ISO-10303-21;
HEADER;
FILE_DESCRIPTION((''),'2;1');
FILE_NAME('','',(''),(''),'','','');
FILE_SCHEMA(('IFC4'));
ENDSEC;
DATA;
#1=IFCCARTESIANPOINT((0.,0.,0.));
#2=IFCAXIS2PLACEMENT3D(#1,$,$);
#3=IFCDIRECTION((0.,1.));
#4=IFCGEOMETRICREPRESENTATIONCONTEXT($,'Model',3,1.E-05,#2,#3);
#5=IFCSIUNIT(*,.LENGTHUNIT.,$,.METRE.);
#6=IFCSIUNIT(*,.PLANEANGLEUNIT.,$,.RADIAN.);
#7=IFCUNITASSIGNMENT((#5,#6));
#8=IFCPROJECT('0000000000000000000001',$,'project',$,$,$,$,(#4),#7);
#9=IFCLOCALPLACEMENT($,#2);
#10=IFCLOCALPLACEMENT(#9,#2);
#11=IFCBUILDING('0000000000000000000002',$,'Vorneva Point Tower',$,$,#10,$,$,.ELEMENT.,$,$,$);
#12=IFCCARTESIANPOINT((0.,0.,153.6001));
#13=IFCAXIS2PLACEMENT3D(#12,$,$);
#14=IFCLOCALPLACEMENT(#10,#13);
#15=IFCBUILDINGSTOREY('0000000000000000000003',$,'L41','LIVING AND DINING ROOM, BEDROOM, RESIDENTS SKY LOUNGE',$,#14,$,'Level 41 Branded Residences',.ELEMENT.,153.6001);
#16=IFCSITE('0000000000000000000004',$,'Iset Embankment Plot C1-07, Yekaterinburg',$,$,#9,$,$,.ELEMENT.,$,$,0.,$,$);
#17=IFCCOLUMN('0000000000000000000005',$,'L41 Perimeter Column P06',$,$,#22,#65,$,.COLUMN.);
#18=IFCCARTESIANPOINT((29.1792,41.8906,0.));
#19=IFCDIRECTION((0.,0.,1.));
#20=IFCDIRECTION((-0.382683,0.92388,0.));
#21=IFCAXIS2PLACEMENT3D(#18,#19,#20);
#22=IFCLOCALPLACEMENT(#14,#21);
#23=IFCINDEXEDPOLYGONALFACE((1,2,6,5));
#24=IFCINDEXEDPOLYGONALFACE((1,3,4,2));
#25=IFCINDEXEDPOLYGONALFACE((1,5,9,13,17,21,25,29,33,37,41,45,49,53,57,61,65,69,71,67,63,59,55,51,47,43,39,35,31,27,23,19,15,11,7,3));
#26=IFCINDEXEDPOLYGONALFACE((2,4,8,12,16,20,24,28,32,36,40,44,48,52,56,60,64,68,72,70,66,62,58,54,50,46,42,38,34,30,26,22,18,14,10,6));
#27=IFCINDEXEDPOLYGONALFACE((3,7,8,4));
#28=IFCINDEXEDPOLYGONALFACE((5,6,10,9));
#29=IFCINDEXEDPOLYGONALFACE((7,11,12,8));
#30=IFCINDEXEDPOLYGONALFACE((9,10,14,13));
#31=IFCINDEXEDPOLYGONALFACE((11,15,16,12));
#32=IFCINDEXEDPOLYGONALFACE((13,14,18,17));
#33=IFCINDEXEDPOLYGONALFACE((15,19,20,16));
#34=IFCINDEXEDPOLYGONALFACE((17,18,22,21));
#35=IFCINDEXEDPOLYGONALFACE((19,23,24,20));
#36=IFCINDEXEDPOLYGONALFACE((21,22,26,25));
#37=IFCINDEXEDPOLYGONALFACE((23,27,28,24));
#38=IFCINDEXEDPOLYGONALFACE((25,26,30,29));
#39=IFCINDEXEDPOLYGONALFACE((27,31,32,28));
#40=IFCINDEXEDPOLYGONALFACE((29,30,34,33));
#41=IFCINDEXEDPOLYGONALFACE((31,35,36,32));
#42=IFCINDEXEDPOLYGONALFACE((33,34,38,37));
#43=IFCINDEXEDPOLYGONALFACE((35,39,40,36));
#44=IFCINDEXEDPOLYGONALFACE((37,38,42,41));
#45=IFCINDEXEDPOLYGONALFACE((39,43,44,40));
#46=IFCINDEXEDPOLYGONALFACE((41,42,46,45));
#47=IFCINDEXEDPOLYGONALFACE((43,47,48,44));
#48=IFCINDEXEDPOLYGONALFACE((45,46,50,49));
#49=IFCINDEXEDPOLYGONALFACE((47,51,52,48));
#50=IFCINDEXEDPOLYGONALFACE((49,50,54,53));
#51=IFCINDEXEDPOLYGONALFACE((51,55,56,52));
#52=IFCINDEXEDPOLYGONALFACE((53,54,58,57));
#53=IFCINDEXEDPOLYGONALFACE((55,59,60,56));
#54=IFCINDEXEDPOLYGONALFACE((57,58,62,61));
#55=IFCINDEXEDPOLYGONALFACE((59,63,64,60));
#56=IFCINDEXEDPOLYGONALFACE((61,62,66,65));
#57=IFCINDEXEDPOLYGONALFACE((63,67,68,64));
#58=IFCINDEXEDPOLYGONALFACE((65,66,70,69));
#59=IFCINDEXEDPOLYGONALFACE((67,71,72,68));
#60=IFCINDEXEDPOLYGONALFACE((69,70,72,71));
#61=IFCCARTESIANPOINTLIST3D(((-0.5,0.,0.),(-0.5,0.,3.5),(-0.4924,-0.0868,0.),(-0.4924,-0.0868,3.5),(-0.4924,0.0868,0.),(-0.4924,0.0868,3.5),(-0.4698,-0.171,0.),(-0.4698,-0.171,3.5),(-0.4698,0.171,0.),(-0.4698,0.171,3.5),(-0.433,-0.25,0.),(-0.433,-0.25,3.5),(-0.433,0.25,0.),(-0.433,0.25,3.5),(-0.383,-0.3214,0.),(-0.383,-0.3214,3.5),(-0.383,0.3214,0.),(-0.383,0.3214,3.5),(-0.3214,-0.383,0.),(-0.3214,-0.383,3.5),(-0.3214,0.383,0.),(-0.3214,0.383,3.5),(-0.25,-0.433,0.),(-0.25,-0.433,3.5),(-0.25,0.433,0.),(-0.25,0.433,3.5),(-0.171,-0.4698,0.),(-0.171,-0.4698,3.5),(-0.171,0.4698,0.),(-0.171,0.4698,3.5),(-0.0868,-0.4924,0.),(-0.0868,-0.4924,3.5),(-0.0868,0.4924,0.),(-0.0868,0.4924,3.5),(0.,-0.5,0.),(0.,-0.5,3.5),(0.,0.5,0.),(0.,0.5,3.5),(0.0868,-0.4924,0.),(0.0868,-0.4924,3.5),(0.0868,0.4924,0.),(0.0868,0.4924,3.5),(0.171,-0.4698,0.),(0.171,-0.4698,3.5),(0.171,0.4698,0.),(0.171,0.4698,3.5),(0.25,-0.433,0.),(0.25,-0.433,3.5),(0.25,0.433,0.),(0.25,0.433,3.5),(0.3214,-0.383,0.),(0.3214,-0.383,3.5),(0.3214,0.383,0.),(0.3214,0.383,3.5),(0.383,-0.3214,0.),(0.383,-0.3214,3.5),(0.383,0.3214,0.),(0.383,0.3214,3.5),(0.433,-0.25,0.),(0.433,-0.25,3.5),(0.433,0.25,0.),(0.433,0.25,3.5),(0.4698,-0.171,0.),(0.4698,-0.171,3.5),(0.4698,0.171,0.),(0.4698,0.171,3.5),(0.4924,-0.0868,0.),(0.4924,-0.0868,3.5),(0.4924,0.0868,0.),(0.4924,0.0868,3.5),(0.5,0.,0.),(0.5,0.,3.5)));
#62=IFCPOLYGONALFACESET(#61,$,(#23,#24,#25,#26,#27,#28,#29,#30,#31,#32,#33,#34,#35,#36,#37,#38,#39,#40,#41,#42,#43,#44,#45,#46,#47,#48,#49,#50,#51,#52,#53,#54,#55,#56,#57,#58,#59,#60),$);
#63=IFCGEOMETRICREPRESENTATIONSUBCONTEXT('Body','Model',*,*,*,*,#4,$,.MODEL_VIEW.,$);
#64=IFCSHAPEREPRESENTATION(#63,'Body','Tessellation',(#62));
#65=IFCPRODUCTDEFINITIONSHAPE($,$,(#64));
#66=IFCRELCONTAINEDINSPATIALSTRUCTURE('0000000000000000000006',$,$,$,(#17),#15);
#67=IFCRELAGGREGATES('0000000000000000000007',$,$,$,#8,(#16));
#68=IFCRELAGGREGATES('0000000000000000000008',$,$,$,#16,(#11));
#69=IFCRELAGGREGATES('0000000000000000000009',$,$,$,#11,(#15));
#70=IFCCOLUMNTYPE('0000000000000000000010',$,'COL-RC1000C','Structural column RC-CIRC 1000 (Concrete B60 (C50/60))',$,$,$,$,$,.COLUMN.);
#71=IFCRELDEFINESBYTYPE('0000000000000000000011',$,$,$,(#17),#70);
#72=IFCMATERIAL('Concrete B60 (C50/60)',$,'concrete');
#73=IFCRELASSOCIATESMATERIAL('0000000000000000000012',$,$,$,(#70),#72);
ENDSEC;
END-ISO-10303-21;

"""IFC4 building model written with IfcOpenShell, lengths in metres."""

from ifc_helpers import new_model, si_unit, direction, frame, origin, origin_2d, place, context, subcontext, project, spatial, circle, extrude, material, material_profile, profile_set, type_object, element, save


model = new_model("IFC4")

# Units and contexts
model_context = context("Model", 3, precision=1e-05, world=origin(), true_north=direction((0.0, 1.0)))
body_context = subcontext(model_context, "Body", "Model", "MODEL_VIEW")
ifc_project = project(units=[si_unit("LENGTHUNIT", "METRE"), si_unit("PLANEANGLEUNIT", "RADIAN")], contexts=[model_context])

# Site, building, storey
site_placement = place(None, origin())
site = spatial("IfcSite", under=ifc_project, at=site_placement, Name="Iset Embankment Plot C1-07, Yekaterinburg", CompositionType="ELEMENT", RefElevation=0.0)
building_placement = place(site_placement, origin())
building = spatial("IfcBuilding", under=site, at=building_placement, Name="Vorneva Point Tower", CompositionType="ELEMENT")
storey_placement = place(building_placement, frame((0.0, 0.0, 153.6001)))
storey = spatial("IfcBuildingStorey", under=building, at=storey_placement, Name="L41", Description="LIVING AND DINING ROOM, BEDROOM, RESIDENTS SKY LOUNGE", LongName="Level 41 Branded Residences", CompositionType="ELEMENT", Elevation=153.6001)

# Column
ifc_material_1 = material(Name="Concrete B60 (C50/60)", Category="concrete")
ifc_material_profile_1 = material_profile(ifc_material_1, circle(Radius=0.5, at=origin_2d()), Name="RC-CIRC 1000")
ifc_profile_set_1 = profile_set([ifc_material_profile_1], Name="Concrete B60 (C50/60)")
column_type = type_object("IfcColumnType", Name="COL-RC1000C", Description="Structural column RC-CIRC 1000 (Concrete B60 (C50/60))", PredefinedType="COLUMN", material=ifc_profile_set_1)
column_placement = place(storey_placement, frame((29.1792, 41.8906, 0.0), z_axis=(0.0, 0.0, 1.0), x_axis=(-0.382683, 0.92388, 0.0)))
element("IfcColumn", 1, at=column_placement, inside=storey, type_object=column_type, Name="L41 Perimeter Column P06", PredefinedType="COLUMN", context=body_context, shape_type="SweptSolid", body=[
    extrude(circle(Radius=0.5, at=origin_2d()), origin(), (0.0, 0.0, 1.0), 3.5),
])

save(model, "model.ifc")
